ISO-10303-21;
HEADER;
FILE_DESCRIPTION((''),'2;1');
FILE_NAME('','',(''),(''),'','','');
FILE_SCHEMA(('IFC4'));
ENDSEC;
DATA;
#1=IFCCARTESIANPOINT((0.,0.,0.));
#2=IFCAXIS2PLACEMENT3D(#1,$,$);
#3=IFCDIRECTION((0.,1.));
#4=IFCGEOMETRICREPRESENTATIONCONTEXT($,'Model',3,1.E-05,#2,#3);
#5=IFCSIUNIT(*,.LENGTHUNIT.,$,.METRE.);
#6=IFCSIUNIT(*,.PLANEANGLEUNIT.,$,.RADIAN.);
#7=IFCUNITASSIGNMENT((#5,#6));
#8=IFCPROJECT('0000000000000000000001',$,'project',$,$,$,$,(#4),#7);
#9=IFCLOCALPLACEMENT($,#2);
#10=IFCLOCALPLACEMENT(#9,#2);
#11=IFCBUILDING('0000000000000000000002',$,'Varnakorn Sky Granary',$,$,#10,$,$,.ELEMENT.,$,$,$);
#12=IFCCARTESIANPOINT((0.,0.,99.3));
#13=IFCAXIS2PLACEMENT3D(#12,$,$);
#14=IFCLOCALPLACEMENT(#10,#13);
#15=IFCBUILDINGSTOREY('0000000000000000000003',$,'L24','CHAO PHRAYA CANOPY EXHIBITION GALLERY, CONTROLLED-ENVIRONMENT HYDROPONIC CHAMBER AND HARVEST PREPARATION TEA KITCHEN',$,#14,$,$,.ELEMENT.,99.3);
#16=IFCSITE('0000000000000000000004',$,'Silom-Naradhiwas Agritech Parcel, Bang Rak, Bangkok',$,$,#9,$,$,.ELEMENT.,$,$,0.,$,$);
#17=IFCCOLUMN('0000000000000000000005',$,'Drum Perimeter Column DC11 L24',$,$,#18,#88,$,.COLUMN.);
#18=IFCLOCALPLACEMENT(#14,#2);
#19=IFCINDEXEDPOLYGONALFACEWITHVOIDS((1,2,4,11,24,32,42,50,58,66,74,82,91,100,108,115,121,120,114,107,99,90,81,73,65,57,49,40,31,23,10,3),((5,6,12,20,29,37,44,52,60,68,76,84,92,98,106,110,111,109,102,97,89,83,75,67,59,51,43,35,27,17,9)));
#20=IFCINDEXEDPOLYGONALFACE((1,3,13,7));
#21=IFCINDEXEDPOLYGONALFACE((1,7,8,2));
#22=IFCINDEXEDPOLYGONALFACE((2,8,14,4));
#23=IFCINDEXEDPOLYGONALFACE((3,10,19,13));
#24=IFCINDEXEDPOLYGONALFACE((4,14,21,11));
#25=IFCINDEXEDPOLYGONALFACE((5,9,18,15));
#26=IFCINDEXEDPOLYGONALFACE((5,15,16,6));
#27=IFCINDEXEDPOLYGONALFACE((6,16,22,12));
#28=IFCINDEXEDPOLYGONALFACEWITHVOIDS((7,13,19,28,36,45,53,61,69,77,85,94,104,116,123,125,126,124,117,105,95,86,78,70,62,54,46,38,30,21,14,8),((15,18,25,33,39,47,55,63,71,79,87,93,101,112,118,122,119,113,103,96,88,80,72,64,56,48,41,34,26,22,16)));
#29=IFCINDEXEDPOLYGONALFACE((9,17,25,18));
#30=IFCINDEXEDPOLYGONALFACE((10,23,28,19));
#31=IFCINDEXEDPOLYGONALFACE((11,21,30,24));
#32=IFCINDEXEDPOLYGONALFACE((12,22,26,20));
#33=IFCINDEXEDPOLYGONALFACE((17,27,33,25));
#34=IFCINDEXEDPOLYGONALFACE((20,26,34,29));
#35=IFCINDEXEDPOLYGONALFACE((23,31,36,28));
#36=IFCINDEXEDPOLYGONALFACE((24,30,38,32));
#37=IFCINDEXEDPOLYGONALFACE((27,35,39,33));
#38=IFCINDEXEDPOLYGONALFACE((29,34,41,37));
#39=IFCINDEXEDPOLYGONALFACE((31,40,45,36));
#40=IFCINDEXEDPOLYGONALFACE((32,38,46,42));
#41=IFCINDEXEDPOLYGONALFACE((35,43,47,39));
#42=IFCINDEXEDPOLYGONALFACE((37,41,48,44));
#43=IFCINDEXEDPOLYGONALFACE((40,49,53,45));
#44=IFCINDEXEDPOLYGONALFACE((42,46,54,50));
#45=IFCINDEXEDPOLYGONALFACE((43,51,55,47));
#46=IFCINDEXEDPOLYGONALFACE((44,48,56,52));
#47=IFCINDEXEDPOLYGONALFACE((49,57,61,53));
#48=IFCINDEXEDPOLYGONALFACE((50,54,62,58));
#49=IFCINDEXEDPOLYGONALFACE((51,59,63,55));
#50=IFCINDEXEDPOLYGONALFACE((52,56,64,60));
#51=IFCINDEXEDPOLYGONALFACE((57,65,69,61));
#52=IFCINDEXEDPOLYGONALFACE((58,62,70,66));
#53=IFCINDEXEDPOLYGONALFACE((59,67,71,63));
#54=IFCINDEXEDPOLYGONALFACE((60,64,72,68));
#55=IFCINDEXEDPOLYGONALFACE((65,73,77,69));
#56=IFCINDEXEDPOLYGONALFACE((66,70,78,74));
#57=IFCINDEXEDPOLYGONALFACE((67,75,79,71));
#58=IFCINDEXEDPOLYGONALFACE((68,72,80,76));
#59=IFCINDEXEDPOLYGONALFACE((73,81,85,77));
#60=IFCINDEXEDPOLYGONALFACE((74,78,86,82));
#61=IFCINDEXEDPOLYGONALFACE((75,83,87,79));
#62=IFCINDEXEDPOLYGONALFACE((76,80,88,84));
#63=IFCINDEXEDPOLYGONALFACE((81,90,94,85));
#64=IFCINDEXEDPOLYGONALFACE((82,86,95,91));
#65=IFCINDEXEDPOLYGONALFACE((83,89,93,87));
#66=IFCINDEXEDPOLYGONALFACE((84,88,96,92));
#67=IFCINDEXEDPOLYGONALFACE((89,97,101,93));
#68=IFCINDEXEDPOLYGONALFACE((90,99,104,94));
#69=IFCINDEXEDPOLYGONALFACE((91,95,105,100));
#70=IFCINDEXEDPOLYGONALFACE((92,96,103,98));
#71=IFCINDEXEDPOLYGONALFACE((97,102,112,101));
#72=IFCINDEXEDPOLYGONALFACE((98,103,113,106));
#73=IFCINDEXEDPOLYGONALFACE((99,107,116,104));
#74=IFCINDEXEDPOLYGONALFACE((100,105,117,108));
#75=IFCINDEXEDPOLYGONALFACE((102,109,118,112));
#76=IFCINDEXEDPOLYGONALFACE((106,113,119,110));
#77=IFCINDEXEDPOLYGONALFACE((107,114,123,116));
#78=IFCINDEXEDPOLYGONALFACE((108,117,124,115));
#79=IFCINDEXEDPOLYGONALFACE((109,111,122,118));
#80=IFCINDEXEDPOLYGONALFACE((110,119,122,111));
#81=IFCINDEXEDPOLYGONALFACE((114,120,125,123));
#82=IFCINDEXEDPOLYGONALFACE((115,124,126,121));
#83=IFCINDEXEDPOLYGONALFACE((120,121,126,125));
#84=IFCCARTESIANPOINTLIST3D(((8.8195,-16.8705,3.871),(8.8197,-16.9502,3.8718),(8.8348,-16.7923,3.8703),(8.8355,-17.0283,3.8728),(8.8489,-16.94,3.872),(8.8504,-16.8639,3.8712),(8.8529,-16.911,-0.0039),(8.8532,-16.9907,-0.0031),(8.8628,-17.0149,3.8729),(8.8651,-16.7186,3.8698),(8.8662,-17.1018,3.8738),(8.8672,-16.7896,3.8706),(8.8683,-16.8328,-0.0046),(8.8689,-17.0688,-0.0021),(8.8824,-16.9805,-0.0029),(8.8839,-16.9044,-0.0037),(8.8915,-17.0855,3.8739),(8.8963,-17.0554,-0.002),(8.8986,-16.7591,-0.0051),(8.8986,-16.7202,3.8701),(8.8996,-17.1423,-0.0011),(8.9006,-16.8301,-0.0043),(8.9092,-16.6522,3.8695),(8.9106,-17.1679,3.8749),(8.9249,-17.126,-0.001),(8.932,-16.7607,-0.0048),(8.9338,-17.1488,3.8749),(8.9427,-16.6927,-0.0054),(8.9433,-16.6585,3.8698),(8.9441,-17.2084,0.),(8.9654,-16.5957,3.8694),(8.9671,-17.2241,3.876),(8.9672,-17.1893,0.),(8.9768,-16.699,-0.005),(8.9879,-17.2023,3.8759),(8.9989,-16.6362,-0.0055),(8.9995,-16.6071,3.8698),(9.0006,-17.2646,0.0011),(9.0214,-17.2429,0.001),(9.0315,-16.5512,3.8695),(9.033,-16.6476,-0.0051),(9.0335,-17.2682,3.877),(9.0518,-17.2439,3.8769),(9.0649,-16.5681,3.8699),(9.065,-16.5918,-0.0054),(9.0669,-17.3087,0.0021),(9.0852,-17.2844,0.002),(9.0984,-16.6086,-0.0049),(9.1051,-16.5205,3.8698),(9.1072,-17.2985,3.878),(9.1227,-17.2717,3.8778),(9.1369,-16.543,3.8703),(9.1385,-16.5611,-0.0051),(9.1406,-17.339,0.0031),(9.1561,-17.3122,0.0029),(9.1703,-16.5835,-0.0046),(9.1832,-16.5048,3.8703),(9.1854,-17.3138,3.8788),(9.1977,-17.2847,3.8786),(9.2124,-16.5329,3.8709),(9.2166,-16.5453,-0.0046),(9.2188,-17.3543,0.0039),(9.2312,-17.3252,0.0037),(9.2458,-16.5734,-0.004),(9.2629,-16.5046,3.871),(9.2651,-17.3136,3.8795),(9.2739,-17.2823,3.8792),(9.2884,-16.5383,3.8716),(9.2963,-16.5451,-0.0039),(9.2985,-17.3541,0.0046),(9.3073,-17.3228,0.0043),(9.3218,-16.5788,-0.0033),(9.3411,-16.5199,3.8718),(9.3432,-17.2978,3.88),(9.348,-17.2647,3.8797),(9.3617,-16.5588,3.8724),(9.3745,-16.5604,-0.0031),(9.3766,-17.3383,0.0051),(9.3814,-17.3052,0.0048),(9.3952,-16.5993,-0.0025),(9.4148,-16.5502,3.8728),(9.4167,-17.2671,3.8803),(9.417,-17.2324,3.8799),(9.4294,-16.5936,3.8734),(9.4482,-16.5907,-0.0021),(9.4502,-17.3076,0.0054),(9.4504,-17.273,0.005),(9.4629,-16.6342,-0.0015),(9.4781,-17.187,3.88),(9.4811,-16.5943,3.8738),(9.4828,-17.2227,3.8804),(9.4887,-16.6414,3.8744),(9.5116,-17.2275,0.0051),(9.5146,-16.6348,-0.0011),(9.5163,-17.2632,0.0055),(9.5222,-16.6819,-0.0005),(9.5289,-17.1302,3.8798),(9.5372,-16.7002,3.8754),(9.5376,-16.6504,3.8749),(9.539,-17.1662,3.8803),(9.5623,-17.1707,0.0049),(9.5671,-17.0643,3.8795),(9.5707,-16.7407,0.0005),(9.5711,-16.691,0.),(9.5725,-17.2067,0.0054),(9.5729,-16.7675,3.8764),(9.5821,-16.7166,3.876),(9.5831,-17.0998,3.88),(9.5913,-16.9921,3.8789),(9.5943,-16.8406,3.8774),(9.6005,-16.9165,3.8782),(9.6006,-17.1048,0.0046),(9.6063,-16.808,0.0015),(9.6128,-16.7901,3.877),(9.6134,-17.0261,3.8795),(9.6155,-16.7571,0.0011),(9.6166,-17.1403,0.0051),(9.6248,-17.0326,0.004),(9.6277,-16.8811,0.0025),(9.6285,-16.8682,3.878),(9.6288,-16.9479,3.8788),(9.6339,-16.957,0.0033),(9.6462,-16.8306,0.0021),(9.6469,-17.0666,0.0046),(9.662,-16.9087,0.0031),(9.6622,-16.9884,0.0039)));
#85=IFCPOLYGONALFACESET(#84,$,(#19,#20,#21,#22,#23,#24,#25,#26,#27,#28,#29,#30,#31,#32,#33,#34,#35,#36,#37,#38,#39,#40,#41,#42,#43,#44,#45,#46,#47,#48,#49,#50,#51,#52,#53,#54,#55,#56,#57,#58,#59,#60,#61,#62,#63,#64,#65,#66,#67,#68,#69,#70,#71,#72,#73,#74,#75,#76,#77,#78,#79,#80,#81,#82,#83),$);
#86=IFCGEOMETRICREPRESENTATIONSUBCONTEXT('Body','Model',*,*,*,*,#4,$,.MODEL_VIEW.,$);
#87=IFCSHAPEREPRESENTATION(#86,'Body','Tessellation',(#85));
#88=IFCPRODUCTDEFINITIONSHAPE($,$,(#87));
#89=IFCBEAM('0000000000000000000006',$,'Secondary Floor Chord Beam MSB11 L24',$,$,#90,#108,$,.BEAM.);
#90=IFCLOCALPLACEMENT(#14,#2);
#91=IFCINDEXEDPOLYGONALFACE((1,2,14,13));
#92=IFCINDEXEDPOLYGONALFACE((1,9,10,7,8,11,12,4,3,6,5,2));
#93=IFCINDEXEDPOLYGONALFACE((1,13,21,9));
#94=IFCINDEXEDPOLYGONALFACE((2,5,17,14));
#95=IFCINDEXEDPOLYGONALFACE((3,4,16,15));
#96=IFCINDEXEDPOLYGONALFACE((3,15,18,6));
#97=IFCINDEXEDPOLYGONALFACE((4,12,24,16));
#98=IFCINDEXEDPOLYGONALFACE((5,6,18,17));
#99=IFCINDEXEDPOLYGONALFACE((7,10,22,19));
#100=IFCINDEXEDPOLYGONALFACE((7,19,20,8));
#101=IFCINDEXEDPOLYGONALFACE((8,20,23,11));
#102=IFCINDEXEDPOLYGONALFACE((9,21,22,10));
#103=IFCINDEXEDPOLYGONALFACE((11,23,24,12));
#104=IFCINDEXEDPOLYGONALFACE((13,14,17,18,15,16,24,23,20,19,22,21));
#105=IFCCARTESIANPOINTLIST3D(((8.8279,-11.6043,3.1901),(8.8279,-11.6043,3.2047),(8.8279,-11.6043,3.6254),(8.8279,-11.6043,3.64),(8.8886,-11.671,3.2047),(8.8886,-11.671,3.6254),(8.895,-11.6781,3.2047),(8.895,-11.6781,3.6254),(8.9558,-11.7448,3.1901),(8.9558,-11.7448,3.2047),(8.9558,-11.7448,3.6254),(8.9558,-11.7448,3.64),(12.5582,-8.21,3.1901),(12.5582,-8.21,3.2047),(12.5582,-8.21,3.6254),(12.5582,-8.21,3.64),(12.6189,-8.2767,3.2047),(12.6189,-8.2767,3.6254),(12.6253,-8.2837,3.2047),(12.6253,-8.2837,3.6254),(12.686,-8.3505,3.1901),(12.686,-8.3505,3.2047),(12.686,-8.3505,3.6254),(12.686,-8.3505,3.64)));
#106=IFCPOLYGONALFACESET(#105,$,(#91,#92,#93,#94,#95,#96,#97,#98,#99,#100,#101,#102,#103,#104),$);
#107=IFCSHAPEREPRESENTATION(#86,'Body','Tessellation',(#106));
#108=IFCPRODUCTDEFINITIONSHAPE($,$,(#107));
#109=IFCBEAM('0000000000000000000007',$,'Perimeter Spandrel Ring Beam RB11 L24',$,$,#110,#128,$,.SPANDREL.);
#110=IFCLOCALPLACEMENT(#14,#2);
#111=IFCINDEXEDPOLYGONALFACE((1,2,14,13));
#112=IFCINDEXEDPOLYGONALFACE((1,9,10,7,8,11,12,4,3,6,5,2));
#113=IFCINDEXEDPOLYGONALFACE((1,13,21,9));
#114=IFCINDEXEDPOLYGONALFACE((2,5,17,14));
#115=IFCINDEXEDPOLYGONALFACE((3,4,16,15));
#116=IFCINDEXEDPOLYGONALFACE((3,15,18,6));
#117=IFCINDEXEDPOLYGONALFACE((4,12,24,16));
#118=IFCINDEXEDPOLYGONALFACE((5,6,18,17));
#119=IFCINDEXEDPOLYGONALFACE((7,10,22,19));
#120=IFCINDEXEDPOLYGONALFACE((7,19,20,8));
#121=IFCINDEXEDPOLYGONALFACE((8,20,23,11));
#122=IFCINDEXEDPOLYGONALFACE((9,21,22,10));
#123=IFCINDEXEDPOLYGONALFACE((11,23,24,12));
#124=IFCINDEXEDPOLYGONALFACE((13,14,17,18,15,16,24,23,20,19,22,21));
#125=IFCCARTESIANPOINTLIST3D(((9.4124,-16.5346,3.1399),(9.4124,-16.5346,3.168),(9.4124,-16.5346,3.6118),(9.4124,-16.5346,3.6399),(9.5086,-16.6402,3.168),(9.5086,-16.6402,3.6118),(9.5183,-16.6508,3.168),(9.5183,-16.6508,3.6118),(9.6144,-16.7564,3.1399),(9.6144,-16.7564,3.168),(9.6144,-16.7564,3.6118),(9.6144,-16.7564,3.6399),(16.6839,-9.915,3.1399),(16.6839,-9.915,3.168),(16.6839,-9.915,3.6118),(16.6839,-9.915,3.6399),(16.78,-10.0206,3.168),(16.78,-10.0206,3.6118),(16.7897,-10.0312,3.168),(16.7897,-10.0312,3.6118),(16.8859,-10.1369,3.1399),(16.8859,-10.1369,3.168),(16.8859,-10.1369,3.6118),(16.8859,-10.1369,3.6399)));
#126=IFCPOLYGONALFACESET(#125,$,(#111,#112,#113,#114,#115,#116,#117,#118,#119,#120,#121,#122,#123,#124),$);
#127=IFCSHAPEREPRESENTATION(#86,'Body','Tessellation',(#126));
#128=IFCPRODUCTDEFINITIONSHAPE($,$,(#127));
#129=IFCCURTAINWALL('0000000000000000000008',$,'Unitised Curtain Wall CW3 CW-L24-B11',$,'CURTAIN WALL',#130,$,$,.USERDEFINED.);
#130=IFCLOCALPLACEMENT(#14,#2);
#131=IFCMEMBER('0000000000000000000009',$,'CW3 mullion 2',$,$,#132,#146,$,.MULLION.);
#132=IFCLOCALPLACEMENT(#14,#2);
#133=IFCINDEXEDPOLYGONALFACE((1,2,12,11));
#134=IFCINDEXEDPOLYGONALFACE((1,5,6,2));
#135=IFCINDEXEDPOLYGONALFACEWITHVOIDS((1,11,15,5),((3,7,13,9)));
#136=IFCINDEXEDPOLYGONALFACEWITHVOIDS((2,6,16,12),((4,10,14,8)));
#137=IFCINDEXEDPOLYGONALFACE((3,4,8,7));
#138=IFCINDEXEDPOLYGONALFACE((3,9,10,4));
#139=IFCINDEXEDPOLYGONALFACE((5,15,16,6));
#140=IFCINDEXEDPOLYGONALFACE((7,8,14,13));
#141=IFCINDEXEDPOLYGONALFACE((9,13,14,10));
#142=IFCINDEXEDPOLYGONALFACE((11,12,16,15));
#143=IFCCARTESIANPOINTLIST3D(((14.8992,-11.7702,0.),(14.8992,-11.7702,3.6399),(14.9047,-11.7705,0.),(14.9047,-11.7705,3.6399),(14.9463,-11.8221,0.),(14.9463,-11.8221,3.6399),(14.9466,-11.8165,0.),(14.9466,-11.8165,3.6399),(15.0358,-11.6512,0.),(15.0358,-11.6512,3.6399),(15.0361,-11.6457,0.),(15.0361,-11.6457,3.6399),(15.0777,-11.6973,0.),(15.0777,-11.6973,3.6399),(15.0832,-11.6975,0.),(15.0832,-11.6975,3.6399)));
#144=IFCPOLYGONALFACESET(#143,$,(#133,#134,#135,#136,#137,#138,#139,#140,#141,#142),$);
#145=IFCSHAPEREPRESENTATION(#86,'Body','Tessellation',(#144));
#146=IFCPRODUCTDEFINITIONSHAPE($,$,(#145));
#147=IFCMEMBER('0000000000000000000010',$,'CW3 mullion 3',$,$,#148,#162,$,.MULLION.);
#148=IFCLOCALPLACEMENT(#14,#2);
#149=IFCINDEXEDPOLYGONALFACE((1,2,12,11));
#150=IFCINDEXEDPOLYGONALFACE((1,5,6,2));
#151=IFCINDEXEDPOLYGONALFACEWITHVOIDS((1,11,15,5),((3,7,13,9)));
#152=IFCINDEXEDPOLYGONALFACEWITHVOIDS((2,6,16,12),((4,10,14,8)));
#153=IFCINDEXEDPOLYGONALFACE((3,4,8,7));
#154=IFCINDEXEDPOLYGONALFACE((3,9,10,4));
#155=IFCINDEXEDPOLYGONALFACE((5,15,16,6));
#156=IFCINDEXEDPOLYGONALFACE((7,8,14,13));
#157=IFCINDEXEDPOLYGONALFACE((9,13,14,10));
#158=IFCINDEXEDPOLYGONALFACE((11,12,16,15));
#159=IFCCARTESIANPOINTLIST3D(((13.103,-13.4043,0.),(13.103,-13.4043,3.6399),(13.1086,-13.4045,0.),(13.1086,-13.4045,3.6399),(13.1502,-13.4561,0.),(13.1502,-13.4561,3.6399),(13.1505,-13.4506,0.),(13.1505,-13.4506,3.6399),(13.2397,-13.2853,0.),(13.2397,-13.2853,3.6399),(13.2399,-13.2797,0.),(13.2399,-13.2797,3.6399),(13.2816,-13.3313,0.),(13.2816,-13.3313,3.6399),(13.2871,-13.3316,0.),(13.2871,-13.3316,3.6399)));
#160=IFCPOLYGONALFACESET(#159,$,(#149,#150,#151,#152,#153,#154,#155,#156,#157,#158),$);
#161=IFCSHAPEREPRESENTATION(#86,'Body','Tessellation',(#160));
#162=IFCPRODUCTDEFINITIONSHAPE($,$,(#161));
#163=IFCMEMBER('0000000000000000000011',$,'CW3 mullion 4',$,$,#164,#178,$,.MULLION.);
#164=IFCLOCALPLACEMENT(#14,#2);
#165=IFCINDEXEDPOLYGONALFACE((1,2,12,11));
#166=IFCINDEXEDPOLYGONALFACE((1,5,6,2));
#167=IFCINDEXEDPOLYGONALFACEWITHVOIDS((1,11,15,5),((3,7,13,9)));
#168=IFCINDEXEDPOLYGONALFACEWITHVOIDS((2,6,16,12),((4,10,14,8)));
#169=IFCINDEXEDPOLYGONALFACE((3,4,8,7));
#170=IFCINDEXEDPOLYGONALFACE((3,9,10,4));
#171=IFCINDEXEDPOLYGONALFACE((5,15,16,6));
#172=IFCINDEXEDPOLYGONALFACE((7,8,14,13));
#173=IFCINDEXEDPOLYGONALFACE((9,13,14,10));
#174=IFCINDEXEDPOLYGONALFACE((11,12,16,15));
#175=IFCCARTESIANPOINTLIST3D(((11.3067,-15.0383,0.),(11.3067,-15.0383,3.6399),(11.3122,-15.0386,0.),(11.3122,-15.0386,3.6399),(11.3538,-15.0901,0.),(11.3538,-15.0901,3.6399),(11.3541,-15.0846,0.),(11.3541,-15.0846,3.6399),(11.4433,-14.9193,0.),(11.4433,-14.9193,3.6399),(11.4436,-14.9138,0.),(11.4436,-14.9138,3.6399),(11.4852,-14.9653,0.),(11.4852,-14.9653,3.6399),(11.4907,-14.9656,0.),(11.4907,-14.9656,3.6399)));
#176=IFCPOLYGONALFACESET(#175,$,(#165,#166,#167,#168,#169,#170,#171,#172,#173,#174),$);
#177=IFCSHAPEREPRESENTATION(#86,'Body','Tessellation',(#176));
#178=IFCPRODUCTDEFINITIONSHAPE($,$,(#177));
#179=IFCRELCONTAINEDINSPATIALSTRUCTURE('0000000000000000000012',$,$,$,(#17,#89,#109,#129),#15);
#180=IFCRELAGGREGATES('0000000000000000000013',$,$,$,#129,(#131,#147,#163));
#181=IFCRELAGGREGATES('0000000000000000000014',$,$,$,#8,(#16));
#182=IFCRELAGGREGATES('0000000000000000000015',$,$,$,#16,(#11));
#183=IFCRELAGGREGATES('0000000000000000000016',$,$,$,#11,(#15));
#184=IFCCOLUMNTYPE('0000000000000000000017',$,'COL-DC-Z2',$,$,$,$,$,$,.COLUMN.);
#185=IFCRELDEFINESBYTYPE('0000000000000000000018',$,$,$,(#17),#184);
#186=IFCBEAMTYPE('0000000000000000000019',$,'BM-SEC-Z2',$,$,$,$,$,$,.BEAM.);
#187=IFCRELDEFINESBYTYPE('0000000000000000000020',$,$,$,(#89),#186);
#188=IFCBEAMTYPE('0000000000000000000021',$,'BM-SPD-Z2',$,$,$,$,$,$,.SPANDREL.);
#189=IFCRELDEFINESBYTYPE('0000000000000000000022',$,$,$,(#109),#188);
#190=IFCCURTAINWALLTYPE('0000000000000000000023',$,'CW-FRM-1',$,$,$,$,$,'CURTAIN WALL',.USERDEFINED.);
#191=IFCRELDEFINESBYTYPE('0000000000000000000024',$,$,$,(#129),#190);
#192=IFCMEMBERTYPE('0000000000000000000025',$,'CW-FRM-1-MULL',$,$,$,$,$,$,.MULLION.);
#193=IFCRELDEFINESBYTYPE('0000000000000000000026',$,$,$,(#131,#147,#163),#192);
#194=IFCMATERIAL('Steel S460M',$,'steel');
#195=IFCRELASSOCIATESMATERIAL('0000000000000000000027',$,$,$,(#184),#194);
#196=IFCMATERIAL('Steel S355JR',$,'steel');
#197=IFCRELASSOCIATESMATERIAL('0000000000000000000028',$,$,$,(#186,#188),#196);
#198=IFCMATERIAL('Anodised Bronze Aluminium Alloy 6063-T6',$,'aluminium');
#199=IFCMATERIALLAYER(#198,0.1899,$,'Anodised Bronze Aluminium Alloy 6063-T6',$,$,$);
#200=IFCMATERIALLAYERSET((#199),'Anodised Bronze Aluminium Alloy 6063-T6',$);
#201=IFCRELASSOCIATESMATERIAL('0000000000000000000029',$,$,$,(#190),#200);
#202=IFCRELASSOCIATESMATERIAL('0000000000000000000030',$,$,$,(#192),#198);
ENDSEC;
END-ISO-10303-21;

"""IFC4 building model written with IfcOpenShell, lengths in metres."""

from ifc_helpers import new_model, si_unit, direction, frame, origin, origin_2d, place, context, subcontext, project, spatial, hollow_rectangle, hollow_circle, i_section, extrude, material, layer, layer_set, material_profile, profile_set, type_object, element, aggregate, save


model = new_model("IFC4")

# Units and contexts
model_context = context("Model", 3, precision=1e-05, world=origin(), true_north=direction((0.0, 1.0)))
body_context = subcontext(model_context, "Body", "Model", "MODEL_VIEW")
ifc_project = project(units=[si_unit("LENGTHUNIT", "METRE"), si_unit("PLANEANGLEUNIT", "RADIAN")], contexts=[model_context])

# Site, building, storey
site_placement = place(None, origin())
site = spatial("IfcSite", under=ifc_project, at=site_placement, Name="Silom-Naradhiwas Agritech Parcel, Bang Rak, Bangkok", CompositionType="ELEMENT", RefElevation=0.0)
building_placement = place(site_placement, origin())
building = spatial("IfcBuilding", under=site, at=building_placement, Name="Varnakorn Sky Granary", CompositionType="ELEMENT")
storey_placement = place(building_placement, frame((0.0, 0.0, 99.3)))
storey = spatial("IfcBuildingStorey", under=building, at=storey_placement, Name="L24", Description="CHAO PHRAYA CANOPY EXHIBITION GALLERY, CONTROLLED-ENVIRONMENT HYDROPONIC CHAMBER AND HARVEST PREPARATION TEA KITCHEN", CompositionType="ELEMENT", Elevation=99.3)

# Column
ifc_material_1 = material(Name="Steel S460M", Category="steel")
ifc_material_profile_1 = material_profile(ifc_material_1, hollow_circle(Radius=0.4065, WallThickness=0.03, at=origin_2d()), Name="CHS 813x30")
ifc_profile_set_1 = profile_set([ifc_material_profile_1], Name="Steel S460M")
column_type = type_object("IfcColumnType", Name="COL-DC-Z2", PredefinedType="COLUMN", material=ifc_profile_set_1)
column_placement = place(storey_placement, frame((9.2576, -16.9497, 0.0), z_axis=(-0.008631, 0.010458, 0.999908), x_axis=(-0.771259, -0.636521, 0.0)))
element("IfcColumn", 1, at=column_placement, inside=storey, type_object=column_type, Name="Drum Perimeter Column DC11 L24", PredefinedType="COLUMN", context=body_context, shape_type="SweptSolid", body=[
    extrude(hollow_circle(Radius=0.4065, WallThickness=0.03, at=origin_2d()), origin(), (0.0, 0.0, 1.0), 3.8752),
])

# Beams
ifc_material_2 = material(Name="Steel S355JR", Category="steel")
ifc_material_profile_2 = material_profile(ifc_material_2, i_section(OverallWidth=0.1899, OverallDepth=0.45, WebThickness=0.0095, FlangeThickness=0.0146, at=origin_2d()), Name="IPE 450")
ifc_profile_set_2 = profile_set([ifc_material_profile_2], Name="Steel S355JR")
beam_type_1 = type_object("IfcBeamType", Name="BM-SEC-Z2", PredefinedType="BEAM", material=ifc_profile_set_2)
beam_1_placement = place(storey_placement, frame((8.8918, -11.6746, 3.415), z_axis=(0.739627, 0.673017, 0.0), x_axis=(-0.673017, 0.739627, 0.0)))
element("IfcBeam", 2, at=beam_1_placement, inside=storey, type_object=beam_type_1, Name="Secondary Floor Chord Beam MSB11 L24", PredefinedType="BEAM", context=body_context, shape_type="SweptSolid", body=[
    extrude(i_section(OverallWidth=0.1899, OverallDepth=0.45, WebThickness=0.0095, FlangeThickness=0.0146, at=origin_2d()), origin(), (0.0, 0.0, 1.0), 5.0435),
])
ifc_material_profile_3 = material_profile(ifc_material_2, i_section(OverallWidth=0.3, OverallDepth=0.5, WebThickness=0.0144, FlangeThickness=0.0281, at=origin_2d()), Name="HE 500 B")
ifc_profile_set_3 = profile_set([ifc_material_profile_3], Name="Steel S355JR")
beam_type_2 = type_object("IfcBeamType", Name="BM-SPD-Z2", PredefinedType="SPANDREL", material=ifc_profile_set_3)
beam_2_placement = place(storey_placement, frame((9.5134, -16.6455, 3.3899), z_axis=(0.739475, 0.673184, 0.0), x_axis=(-0.673184, 0.739475, 0.0)))
element("IfcBeam", 3, at=beam_2_placement, inside=storey, type_object=beam_type_2, Name="Perimeter Spandrel Ring Beam RB11 L24", PredefinedType="SPANDREL", context=body_context, shape_type="SweptSolid", body=[
    extrude(i_section(OverallWidth=0.3, OverallDepth=0.5, WebThickness=0.0144, FlangeThickness=0.0281, at=origin_2d()), origin(), (0.0, 0.0, 1.0), 9.8333),
])

# Curtain wall, members
ifc_material_3 = material(Name="Anodised Bronze Aluminium Alloy 6063-T6", Category="aluminium")
ifc_layer_1 = layer(ifc_material_3, 0.1899, Name="Anodised Bronze Aluminium Alloy 6063-T6")
ifc_layer_set_1 = layer_set([ifc_layer_1], Name="Anodised Bronze Aluminium Alloy 6063-T6")
curtain_wall_type = type_object("IfcCurtainWallType", Name="CW-FRM-1", ElementType="CURTAIN WALL", PredefinedType="USERDEFINED", material=ifc_layer_set_1)
curtain_wall_placement = place(storey_placement, origin())
curtain_wall = element("IfcCurtainWall", 4, at=curtain_wall_placement, inside=storey, type_object=curtain_wall_type, Name="Unitised Curtain Wall CW3 CW-L24-B11", ObjectType="CURTAIN WALL", PredefinedType="USERDEFINED")
ifc_material_profile_4 = material_profile(ifc_material_3, hollow_rectangle(XDim=0.0701, YDim=0.1851, WallThickness=0.0039, at=origin_2d()), Name="ALU MULL 70x185")
ifc_profile_set_4 = profile_set([ifc_material_profile_4], Name="Anodised Bronze Aluminium Alloy 6063-T6")
member_type_1 = type_object("IfcMemberType", Name="CW-FRM-1-MULL", PredefinedType="MULLION", material=ifc_profile_set_4)
member_1_placement = place(storey_placement, frame((14.9912, -11.7339, 0.0), z_axis=(0.0, 0.0, 1.0), x_axis=(0.672919, -0.739716, 0.0)))
member_1 = element("IfcMember", 5, at=member_1_placement, type_object=member_type_1, Name="CW3 mullion 2", PredefinedType="MULLION", context=body_context, shape_type="SweptSolid", body=[
    extrude(hollow_rectangle(XDim=0.0701, YDim=0.1851, WallThickness=0.0039, at=origin_2d()), origin(), (0.0, 0.0, 1.0), 3.6399),
])
member_2_placement = place(storey_placement, frame((13.1951, -13.3679, 0.0), z_axis=(0.0, 0.0, 1.0), x_axis=(0.672919, -0.739716, 0.0)))
member_2 = element("IfcMember", 6, at=member_2_placement, type_object=member_type_1, Name="CW3 mullion 3", PredefinedType="MULLION", context=body_context, shape_type="SweptSolid", body=[
    extrude(hollow_rectangle(XDim=0.0701, YDim=0.1851, WallThickness=0.0039, at=origin_2d()), origin(), (0.0, 0.0, 1.0), 3.6399),
])
member_3_placement = place(storey_placement, frame((11.3987, -15.002, 0.0), z_axis=(0.0, 0.0, 1.0), x_axis=(0.672919, -0.739716, 0.0)))
member_3 = element("IfcMember", 7, at=member_3_placement, type_object=member_type_1, Name="CW3 mullion 4", PredefinedType="MULLION", context=body_context, shape_type="SweptSolid", body=[
    extrude(hollow_rectangle(XDim=0.0701, YDim=0.1851, WallThickness=0.0039, at=origin_2d()), origin(), (0.0, 0.0, 1.0), 3.6399),
])

aggregate(curtain_wall, [member_1, member_2, member_3])

save(model, "model.ifc")
